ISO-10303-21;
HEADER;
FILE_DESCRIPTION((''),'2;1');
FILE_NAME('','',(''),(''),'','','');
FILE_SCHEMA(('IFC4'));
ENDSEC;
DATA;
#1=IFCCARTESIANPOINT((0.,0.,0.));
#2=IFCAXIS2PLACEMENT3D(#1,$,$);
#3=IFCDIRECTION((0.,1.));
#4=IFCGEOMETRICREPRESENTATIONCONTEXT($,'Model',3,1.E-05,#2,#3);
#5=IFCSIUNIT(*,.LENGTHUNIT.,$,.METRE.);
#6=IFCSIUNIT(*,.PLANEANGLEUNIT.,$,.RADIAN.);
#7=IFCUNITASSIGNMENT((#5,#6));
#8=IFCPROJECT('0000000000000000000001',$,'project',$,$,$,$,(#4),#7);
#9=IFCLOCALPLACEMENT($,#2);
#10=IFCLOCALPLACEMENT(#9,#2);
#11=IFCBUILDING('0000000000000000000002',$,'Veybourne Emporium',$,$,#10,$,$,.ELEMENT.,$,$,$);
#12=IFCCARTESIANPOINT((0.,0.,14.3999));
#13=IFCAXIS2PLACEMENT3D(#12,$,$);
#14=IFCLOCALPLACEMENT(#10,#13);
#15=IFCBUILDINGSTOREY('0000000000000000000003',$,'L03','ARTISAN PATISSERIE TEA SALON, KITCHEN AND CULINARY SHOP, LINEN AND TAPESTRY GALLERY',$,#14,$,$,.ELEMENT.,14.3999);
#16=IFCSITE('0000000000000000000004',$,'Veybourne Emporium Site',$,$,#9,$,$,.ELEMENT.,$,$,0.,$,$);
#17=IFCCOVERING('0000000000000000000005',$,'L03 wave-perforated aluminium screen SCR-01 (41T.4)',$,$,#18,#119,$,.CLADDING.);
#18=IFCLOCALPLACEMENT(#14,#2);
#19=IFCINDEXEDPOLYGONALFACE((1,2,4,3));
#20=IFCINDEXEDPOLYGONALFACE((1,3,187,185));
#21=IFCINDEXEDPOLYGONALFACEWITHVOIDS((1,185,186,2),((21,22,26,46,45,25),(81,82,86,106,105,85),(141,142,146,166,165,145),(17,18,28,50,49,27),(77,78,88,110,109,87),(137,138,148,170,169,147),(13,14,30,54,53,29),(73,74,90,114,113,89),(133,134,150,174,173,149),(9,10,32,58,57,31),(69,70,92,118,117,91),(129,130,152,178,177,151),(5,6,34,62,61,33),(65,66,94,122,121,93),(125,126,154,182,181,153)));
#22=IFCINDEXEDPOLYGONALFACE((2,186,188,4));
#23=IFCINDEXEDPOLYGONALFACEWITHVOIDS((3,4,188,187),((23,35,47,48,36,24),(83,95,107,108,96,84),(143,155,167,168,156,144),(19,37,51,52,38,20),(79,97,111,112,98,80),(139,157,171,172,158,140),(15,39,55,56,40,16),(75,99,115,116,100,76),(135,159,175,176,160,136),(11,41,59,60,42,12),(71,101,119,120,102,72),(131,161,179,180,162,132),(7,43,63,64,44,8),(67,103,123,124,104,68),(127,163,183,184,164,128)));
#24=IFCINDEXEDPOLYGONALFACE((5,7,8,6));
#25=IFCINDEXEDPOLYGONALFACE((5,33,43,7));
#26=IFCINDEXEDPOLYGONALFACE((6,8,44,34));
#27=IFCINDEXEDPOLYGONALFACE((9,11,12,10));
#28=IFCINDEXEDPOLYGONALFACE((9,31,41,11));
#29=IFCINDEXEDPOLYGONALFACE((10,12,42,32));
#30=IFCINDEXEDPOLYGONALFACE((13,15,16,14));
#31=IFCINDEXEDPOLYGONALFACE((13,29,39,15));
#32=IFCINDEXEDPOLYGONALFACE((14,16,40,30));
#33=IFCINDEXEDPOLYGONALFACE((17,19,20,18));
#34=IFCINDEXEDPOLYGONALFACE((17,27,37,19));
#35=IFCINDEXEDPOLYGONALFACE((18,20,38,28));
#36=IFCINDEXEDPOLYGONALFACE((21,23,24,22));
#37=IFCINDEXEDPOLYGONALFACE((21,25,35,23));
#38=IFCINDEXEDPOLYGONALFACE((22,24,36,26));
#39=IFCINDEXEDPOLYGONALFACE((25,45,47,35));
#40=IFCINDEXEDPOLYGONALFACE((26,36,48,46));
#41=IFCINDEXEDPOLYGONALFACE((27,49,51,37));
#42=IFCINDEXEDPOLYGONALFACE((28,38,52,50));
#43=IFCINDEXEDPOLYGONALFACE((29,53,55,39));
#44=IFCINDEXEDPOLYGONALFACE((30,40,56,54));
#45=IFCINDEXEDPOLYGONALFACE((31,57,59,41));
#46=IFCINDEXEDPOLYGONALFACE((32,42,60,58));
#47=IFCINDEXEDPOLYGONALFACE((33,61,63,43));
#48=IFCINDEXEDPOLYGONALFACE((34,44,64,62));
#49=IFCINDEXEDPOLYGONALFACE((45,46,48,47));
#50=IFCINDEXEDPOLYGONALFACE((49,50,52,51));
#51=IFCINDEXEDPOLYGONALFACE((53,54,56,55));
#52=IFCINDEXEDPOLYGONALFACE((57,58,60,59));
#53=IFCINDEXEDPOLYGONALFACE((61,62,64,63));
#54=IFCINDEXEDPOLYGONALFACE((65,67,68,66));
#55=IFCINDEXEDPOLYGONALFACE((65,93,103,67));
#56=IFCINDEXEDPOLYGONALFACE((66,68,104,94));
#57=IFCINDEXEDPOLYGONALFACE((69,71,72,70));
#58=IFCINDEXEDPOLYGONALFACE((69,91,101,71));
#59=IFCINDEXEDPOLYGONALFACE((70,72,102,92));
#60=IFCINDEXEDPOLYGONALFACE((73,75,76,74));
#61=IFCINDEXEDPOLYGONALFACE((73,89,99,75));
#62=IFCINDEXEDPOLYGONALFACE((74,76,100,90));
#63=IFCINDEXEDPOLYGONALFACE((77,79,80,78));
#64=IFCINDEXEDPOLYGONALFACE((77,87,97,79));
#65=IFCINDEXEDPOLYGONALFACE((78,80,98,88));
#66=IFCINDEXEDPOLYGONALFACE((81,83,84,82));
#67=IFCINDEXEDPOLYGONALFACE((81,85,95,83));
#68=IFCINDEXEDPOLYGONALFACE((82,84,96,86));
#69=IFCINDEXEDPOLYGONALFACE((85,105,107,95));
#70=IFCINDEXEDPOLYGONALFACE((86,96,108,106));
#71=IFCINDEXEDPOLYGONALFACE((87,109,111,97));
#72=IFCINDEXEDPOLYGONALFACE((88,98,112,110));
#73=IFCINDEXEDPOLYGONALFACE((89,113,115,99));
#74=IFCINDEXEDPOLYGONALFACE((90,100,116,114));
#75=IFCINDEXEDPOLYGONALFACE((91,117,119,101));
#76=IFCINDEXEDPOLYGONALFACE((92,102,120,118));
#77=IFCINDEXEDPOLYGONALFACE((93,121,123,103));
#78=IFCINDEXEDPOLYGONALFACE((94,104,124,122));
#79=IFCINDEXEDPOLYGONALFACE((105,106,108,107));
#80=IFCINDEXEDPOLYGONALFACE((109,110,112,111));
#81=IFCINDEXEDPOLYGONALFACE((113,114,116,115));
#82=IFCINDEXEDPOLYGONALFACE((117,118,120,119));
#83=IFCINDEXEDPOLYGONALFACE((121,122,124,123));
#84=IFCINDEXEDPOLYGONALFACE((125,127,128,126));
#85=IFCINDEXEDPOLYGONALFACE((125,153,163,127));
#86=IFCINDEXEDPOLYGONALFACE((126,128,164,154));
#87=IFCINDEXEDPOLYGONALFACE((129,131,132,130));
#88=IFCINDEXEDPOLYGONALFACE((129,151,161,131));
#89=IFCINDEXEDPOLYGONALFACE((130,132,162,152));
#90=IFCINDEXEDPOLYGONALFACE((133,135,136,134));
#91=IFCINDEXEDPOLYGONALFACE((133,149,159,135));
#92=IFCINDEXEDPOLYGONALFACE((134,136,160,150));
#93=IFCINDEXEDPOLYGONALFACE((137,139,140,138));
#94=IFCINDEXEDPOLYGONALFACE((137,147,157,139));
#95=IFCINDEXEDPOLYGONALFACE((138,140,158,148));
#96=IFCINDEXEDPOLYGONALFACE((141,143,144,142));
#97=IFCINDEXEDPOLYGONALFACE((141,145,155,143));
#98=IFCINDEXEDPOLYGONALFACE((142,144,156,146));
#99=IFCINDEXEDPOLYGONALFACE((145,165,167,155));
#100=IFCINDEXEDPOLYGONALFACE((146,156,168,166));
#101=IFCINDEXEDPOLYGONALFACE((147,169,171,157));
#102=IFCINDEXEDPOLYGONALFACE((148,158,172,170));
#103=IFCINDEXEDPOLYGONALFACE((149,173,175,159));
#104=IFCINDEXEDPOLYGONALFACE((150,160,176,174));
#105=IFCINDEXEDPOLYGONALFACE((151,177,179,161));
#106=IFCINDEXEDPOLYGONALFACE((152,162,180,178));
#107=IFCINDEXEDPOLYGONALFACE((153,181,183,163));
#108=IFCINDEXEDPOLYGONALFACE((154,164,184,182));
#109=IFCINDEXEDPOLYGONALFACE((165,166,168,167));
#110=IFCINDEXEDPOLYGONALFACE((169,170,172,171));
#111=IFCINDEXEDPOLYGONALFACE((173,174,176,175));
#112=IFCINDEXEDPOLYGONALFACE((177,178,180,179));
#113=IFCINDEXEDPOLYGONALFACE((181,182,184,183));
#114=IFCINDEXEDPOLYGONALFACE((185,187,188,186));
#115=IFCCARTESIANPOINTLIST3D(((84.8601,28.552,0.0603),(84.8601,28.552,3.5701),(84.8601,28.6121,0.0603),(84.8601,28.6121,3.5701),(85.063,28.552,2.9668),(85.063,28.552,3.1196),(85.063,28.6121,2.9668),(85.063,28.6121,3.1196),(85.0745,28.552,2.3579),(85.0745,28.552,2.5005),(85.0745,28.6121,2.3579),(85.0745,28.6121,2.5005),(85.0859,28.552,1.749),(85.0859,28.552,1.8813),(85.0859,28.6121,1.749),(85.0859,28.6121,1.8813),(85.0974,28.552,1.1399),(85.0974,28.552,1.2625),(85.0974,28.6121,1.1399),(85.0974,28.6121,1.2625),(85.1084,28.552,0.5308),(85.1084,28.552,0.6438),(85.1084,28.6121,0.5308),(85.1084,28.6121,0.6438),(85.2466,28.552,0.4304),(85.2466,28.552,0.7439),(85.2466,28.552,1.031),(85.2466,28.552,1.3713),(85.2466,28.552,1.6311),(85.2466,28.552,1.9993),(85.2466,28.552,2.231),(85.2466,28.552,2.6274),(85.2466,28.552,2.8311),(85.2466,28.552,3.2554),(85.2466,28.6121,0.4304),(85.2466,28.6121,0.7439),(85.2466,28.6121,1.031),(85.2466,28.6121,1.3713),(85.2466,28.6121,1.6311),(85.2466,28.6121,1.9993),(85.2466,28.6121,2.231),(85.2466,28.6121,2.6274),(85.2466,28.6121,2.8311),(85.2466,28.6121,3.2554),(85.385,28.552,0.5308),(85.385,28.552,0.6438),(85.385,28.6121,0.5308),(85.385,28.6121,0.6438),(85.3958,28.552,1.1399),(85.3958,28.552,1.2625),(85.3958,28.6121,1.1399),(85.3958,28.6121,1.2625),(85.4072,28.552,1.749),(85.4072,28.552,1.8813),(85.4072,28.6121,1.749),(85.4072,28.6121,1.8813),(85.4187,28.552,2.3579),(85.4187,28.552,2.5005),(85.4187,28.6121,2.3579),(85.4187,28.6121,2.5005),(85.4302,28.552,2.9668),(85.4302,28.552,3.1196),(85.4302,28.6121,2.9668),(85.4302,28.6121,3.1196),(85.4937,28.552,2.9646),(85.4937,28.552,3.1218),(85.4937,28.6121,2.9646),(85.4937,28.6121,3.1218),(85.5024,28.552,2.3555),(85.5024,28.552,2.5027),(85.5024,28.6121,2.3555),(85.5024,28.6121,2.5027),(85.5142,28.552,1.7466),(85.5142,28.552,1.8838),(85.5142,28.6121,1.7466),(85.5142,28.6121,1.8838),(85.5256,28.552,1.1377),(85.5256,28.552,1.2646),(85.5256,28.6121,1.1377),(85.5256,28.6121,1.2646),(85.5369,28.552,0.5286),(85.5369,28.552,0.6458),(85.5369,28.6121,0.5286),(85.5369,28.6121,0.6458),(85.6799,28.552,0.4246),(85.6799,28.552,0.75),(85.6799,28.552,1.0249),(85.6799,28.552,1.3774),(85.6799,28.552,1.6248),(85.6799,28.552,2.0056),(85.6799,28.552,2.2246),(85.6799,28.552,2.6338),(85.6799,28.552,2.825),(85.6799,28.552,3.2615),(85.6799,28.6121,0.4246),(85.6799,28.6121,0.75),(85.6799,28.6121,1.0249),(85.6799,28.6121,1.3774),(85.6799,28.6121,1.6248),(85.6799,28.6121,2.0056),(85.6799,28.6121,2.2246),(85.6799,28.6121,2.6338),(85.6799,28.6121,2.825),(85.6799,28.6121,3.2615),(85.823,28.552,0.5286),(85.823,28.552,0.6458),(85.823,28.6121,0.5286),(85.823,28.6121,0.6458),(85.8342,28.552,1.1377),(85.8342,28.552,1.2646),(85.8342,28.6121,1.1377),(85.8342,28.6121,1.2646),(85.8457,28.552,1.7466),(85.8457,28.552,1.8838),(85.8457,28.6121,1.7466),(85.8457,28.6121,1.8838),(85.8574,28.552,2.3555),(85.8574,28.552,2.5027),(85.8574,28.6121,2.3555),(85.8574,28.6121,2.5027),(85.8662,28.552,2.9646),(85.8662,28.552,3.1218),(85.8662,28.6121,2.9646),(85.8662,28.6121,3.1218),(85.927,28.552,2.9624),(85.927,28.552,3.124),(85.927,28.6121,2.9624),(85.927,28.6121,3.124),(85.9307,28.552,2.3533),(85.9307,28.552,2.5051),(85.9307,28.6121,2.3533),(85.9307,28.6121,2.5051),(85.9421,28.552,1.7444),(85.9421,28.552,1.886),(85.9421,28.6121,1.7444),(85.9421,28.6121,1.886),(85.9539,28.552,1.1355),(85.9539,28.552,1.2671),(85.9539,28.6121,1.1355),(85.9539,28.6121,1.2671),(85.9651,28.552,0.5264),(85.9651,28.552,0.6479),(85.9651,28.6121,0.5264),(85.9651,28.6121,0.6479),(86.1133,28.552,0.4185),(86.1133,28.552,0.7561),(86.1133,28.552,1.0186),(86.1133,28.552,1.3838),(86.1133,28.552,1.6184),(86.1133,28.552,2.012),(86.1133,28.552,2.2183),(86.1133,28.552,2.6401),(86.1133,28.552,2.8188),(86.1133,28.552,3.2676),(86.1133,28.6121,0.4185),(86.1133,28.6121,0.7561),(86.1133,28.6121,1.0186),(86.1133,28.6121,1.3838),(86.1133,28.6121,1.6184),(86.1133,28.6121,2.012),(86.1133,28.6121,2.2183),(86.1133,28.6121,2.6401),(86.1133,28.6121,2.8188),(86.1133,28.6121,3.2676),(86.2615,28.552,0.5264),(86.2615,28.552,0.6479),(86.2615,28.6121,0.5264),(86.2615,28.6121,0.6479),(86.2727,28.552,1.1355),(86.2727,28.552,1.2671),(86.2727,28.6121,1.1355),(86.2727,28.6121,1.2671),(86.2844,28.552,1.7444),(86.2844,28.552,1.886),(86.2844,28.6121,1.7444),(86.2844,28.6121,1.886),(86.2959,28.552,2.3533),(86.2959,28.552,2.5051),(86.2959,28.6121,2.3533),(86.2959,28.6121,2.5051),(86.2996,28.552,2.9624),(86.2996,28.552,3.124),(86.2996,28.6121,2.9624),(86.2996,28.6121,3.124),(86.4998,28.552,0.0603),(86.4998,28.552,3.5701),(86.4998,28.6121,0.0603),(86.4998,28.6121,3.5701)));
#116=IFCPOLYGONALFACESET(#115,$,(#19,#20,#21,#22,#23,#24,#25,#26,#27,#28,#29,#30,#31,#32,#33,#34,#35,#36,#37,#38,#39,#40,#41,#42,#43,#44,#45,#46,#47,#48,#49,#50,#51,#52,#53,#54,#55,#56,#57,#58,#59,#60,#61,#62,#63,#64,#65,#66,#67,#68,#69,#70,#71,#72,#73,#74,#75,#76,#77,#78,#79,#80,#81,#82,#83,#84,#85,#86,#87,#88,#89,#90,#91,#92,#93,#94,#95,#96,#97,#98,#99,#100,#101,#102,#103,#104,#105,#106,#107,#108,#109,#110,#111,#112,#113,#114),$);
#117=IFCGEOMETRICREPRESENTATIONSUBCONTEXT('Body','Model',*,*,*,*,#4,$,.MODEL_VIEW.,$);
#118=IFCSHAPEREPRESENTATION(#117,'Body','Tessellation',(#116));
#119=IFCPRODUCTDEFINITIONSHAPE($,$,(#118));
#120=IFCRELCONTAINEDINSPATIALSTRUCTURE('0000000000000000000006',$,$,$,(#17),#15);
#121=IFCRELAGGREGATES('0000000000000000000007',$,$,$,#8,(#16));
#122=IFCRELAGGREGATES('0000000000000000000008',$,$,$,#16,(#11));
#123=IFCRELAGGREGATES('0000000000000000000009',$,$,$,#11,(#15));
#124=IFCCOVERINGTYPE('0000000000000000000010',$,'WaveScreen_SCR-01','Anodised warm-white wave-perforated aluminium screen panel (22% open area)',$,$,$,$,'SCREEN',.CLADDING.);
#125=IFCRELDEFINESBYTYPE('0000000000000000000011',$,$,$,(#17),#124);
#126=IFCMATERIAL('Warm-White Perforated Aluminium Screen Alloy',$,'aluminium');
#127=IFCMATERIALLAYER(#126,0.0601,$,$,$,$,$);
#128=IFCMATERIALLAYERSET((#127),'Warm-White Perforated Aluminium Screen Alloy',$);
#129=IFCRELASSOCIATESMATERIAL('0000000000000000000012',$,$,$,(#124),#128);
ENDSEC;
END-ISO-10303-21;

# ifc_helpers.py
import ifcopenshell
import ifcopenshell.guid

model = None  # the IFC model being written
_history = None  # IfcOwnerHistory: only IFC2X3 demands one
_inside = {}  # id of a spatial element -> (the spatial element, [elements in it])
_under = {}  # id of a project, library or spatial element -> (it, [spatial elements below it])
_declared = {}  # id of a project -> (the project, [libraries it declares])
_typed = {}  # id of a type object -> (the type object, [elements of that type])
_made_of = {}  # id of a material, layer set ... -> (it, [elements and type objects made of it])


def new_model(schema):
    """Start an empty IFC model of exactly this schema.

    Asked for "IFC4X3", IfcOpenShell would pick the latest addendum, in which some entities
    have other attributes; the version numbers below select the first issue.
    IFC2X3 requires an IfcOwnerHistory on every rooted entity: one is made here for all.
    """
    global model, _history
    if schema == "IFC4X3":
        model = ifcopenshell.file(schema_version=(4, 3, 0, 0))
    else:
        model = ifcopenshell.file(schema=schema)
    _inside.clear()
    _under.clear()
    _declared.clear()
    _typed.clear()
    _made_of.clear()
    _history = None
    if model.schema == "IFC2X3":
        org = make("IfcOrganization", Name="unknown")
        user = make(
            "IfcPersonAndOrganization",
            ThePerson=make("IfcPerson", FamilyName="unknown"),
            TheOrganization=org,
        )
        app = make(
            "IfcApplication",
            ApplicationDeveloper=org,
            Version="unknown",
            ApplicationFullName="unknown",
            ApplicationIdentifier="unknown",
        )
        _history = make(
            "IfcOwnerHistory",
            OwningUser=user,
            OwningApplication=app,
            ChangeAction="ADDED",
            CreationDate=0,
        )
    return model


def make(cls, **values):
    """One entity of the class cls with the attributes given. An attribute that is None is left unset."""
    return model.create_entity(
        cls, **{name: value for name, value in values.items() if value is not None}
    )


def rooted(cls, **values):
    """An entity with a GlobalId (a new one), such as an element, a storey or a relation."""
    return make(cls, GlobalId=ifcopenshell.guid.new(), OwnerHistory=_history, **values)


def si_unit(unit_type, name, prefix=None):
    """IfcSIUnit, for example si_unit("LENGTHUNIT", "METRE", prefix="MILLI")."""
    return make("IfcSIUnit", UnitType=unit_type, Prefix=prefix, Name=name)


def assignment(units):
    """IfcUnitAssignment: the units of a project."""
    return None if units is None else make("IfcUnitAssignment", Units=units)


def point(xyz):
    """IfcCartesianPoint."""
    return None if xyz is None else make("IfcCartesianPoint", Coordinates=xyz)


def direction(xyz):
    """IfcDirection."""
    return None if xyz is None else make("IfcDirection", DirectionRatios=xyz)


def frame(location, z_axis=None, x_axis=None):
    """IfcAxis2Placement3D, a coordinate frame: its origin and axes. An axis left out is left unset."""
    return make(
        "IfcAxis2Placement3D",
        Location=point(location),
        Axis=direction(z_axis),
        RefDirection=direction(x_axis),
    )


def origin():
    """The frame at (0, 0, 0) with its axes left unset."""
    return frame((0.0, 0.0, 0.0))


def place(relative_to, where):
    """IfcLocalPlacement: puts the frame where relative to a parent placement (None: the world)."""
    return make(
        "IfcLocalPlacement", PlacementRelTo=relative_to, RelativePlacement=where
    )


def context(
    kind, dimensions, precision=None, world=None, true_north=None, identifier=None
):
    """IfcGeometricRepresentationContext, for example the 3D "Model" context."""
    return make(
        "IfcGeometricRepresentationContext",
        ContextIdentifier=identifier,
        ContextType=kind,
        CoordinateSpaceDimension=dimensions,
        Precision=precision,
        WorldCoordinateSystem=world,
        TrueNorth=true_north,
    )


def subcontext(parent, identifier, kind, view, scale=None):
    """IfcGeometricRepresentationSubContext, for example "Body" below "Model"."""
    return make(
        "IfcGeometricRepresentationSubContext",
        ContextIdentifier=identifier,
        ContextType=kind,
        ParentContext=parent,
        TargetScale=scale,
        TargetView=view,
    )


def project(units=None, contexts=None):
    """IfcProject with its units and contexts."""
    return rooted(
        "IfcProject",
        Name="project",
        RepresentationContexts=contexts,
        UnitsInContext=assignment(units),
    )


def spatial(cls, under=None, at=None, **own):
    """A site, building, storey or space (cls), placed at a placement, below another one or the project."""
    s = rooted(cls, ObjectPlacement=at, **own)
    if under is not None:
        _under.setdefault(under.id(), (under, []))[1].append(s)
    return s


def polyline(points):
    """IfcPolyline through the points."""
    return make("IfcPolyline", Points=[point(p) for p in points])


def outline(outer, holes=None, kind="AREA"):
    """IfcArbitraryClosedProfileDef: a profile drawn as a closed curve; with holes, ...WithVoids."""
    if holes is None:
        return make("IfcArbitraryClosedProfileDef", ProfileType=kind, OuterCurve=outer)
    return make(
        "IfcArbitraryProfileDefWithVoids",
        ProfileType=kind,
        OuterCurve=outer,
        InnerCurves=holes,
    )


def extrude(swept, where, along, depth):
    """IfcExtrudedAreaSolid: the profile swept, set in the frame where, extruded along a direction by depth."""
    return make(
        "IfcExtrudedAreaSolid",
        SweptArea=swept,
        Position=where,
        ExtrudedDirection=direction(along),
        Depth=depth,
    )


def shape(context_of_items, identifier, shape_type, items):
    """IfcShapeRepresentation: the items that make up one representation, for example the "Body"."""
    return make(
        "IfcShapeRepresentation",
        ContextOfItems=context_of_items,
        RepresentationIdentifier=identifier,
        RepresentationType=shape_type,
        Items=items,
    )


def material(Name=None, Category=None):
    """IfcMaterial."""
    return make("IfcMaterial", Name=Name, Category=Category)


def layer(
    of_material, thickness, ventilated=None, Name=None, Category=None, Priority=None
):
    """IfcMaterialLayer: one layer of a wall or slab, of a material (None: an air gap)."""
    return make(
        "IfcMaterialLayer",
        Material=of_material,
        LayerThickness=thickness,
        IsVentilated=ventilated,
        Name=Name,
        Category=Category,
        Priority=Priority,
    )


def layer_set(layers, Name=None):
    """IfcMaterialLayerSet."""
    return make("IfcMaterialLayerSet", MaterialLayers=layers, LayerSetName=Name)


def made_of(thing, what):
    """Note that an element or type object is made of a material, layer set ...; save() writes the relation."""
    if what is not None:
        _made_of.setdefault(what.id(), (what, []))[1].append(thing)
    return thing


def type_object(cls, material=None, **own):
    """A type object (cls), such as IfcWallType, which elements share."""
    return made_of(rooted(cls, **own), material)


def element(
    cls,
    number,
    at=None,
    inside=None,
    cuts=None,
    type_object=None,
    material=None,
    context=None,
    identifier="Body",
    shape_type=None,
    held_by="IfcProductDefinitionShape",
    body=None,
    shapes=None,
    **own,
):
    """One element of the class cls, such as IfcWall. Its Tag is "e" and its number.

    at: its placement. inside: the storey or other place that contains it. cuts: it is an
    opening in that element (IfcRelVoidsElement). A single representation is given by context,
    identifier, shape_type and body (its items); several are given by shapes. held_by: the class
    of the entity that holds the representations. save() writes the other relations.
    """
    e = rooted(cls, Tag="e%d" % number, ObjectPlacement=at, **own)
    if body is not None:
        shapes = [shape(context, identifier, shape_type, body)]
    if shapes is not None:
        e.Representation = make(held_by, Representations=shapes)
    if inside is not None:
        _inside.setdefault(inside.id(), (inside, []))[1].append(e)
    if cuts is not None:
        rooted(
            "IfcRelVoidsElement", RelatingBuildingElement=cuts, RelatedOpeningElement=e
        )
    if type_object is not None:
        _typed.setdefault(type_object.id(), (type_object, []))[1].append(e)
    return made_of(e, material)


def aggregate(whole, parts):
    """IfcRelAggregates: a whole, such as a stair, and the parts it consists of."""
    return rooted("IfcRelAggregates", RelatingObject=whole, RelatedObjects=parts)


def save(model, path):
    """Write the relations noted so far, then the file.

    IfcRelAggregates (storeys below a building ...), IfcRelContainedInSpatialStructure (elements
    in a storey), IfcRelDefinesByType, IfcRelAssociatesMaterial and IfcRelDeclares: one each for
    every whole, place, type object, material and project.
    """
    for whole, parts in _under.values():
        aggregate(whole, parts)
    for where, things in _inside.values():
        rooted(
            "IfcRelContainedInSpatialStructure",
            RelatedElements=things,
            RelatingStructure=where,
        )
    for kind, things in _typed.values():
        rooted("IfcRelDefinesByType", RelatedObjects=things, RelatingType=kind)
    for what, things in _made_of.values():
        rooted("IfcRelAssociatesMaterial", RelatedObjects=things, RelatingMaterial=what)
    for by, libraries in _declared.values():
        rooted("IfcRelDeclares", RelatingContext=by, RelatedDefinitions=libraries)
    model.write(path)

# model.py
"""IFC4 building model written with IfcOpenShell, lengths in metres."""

from ifc_helpers import new_model, si_unit, direction, frame, origin, place, context, subcontext, project, spatial, polyline, outline, extrude, material, layer, layer_set, type_object, element, save


model = new_model("IFC4")

# Units and contexts
model_context = context("Model", 3, precision=1e-05, world=origin(), true_north=direction((0.0, 1.0)))
body_context = subcontext(model_context, "Body", "Model", "MODEL_VIEW")
ifc_project = project(units=[si_unit("LENGTHUNIT", "METRE"), si_unit("PLANEANGLEUNIT", "RADIAN")], contexts=[model_context])

# Site, building, storey
site_placement = place(None, origin())
site = spatial("IfcSite", under=ifc_project, at=site_placement, Name="Veybourne Emporium Site", CompositionType="ELEMENT", RefElevation=0.0)
building_placement = place(site_placement, origin())
building = spatial("IfcBuilding", under=site, at=building_placement, Name="Veybourne Emporium", CompositionType="ELEMENT")
storey_placement = place(building_placement, frame((0.0, 0.0, 14.3999)))
storey = spatial("IfcBuildingStorey", under=building, at=storey_placement, Name="L03", Description="ARTISAN PATISSERIE TEA SALON, KITCHEN AND CULINARY SHOP, LINEN AND TAPESTRY GALLERY", CompositionType="ELEMENT", Elevation=14.3999)

# Covering
ifc_material_1 = material(Name="Warm-White Perforated Aluminium Screen Alloy", Category="aluminium")
ifc_layer_1 = layer(ifc_material_1, 0.0601)
ifc_layer_set_1 = layer_set([ifc_layer_1], Name="Warm-White Perforated Aluminium Screen Alloy")
covering_type_1 = type_object("IfcCoveringType", Name="WaveScreen_SCR-01", Description="Anodised warm-white wave-perforated aluminium screen panel (22% open area)", ElementType="SCREEN", PredefinedType="CLADDING", material=ifc_layer_set_1)
covering_1_placement = place(storey_placement, frame((85.6799, 28.552, 1.8152), z_axis=(0.0, 1.0, 0.0), x_axis=(-1.0, 0.0, 0.0)))
element("IfcCovering", 1, at=covering_1_placement, inside=storey, type_object=covering_type_1, Name="L03 wave-perforated aluminium screen SCR-01 (41T.4)", PredefinedType="CLADDING", context=body_context, shape_type="SweptSolid", body=[
    extrude(outline(polyline([(-0.8198, -1.7549), (0.8198, -1.7549), (0.8198, 1.7549), (-0.8198, 1.7549), (-0.8198, -1.7549)]), holes=[polyline([(-0.4333, -1.0591), (-0.2852, -1.1672), (-0.2852, -1.2888), (-0.4333, -1.3967), (-0.5815, -1.2888), (-0.5815, -1.1672), (-0.4333, -1.0591)]), polyline([(-0.4333, -0.4314), (-0.2739, -0.5481), (-0.2739, -0.6797), (-0.4333, -0.7966), (-0.5928, -0.6797), (-0.5928, -0.5481), (-0.4333, -0.4314)]), polyline([(-0.4333, 0.1968), (-0.2622, 0.0708), (-0.2622, -0.0708), (-0.4333, -0.1968), (-0.6045, -0.0708), (-0.6045, 0.0708), (-0.4333, 0.1968)]), polyline([(-0.4333, 0.825), (-0.2507, 0.6899), (-0.2507, 0.5381), (-0.4333, 0.4031), (-0.616, 0.5381), (-0.616, 0.6899), (-0.4333, 0.825)]), polyline([(-0.4333, 1.4524), (-0.2471, 1.3088), (-0.2471, 1.1472), (-0.4333, 1.0037), (-0.6196, 1.1472), (-0.6196, 1.3088), (-0.4333, 1.4524)]), polyline([(0.0, -1.0652), (0.1431, -1.1694), (0.1431, -1.2866), (0.0, -1.3906), (-0.1431, -1.2866), (-0.1431, -1.1694), (0.0, -1.0652)]), polyline([(0.0, -0.4377), (0.1543, -0.5505), (0.1543, -0.6775), (0.0, -0.7903), (-0.1543, -0.6775), (-0.1543, -0.5505), (0.0, -0.4377)]), polyline([(0.0, 0.1904), (0.1658, 0.0686), (0.1658, -0.0686), (0.0, -0.1904), (-0.1658, -0.0686), (-0.1658, 0.0686), (0.0, 0.1904)]), polyline([(0.0, 0.8186), (0.1775, 0.6875), (0.1775, 0.5403), (0.0, 0.4094), (-0.1775, 0.5403), (-0.1775, 0.6875), (0.0, 0.8186)]), polyline([(0.0, 1.4463), (0.1863, 1.3066), (0.1863, 1.1494), (0.0, 1.0098), (-0.1863, 1.1494), (-0.1863, 1.3066), (0.0, 1.4463)]), polyline([(0.4333, -1.0713), (0.5715, -1.1714), (0.5715, -1.2844), (0.4333, -1.3848), (0.2949, -1.2844), (0.2949, -1.1714), (0.4333, -1.0713)]), polyline([(0.4333, -0.4438), (0.5825, -0.5527), (0.5825, -0.6753), (0.4333, -0.7842), (0.2842, -0.6753), (0.2842, -0.5527), (0.4333, -0.4438)]), polyline([(0.4333, 0.1841), (0.594, 0.0662), (0.594, -0.0662), (0.4333, -0.1841), (0.2727, -0.0662), (0.2727, 0.0662), (0.4333, 0.1841)]), polyline([(0.4333, 0.8123), (0.6055, 0.6853), (0.6055, 0.5427), (0.4333, 0.4158), (0.2612, 0.5427), (0.2612, 0.6853), (0.4333, 0.8123)]), polyline([(0.4333, 1.4402), (0.6169, 1.3044), (0.6169, 1.1516), (0.4333, 1.0159), (0.2498, 1.1516), (0.2498, 1.3044), (0.4333, 1.4402)])]), origin(), (0.0, 0.0, 1.0), 0.0601),
])

save(model, "model.ifc")
